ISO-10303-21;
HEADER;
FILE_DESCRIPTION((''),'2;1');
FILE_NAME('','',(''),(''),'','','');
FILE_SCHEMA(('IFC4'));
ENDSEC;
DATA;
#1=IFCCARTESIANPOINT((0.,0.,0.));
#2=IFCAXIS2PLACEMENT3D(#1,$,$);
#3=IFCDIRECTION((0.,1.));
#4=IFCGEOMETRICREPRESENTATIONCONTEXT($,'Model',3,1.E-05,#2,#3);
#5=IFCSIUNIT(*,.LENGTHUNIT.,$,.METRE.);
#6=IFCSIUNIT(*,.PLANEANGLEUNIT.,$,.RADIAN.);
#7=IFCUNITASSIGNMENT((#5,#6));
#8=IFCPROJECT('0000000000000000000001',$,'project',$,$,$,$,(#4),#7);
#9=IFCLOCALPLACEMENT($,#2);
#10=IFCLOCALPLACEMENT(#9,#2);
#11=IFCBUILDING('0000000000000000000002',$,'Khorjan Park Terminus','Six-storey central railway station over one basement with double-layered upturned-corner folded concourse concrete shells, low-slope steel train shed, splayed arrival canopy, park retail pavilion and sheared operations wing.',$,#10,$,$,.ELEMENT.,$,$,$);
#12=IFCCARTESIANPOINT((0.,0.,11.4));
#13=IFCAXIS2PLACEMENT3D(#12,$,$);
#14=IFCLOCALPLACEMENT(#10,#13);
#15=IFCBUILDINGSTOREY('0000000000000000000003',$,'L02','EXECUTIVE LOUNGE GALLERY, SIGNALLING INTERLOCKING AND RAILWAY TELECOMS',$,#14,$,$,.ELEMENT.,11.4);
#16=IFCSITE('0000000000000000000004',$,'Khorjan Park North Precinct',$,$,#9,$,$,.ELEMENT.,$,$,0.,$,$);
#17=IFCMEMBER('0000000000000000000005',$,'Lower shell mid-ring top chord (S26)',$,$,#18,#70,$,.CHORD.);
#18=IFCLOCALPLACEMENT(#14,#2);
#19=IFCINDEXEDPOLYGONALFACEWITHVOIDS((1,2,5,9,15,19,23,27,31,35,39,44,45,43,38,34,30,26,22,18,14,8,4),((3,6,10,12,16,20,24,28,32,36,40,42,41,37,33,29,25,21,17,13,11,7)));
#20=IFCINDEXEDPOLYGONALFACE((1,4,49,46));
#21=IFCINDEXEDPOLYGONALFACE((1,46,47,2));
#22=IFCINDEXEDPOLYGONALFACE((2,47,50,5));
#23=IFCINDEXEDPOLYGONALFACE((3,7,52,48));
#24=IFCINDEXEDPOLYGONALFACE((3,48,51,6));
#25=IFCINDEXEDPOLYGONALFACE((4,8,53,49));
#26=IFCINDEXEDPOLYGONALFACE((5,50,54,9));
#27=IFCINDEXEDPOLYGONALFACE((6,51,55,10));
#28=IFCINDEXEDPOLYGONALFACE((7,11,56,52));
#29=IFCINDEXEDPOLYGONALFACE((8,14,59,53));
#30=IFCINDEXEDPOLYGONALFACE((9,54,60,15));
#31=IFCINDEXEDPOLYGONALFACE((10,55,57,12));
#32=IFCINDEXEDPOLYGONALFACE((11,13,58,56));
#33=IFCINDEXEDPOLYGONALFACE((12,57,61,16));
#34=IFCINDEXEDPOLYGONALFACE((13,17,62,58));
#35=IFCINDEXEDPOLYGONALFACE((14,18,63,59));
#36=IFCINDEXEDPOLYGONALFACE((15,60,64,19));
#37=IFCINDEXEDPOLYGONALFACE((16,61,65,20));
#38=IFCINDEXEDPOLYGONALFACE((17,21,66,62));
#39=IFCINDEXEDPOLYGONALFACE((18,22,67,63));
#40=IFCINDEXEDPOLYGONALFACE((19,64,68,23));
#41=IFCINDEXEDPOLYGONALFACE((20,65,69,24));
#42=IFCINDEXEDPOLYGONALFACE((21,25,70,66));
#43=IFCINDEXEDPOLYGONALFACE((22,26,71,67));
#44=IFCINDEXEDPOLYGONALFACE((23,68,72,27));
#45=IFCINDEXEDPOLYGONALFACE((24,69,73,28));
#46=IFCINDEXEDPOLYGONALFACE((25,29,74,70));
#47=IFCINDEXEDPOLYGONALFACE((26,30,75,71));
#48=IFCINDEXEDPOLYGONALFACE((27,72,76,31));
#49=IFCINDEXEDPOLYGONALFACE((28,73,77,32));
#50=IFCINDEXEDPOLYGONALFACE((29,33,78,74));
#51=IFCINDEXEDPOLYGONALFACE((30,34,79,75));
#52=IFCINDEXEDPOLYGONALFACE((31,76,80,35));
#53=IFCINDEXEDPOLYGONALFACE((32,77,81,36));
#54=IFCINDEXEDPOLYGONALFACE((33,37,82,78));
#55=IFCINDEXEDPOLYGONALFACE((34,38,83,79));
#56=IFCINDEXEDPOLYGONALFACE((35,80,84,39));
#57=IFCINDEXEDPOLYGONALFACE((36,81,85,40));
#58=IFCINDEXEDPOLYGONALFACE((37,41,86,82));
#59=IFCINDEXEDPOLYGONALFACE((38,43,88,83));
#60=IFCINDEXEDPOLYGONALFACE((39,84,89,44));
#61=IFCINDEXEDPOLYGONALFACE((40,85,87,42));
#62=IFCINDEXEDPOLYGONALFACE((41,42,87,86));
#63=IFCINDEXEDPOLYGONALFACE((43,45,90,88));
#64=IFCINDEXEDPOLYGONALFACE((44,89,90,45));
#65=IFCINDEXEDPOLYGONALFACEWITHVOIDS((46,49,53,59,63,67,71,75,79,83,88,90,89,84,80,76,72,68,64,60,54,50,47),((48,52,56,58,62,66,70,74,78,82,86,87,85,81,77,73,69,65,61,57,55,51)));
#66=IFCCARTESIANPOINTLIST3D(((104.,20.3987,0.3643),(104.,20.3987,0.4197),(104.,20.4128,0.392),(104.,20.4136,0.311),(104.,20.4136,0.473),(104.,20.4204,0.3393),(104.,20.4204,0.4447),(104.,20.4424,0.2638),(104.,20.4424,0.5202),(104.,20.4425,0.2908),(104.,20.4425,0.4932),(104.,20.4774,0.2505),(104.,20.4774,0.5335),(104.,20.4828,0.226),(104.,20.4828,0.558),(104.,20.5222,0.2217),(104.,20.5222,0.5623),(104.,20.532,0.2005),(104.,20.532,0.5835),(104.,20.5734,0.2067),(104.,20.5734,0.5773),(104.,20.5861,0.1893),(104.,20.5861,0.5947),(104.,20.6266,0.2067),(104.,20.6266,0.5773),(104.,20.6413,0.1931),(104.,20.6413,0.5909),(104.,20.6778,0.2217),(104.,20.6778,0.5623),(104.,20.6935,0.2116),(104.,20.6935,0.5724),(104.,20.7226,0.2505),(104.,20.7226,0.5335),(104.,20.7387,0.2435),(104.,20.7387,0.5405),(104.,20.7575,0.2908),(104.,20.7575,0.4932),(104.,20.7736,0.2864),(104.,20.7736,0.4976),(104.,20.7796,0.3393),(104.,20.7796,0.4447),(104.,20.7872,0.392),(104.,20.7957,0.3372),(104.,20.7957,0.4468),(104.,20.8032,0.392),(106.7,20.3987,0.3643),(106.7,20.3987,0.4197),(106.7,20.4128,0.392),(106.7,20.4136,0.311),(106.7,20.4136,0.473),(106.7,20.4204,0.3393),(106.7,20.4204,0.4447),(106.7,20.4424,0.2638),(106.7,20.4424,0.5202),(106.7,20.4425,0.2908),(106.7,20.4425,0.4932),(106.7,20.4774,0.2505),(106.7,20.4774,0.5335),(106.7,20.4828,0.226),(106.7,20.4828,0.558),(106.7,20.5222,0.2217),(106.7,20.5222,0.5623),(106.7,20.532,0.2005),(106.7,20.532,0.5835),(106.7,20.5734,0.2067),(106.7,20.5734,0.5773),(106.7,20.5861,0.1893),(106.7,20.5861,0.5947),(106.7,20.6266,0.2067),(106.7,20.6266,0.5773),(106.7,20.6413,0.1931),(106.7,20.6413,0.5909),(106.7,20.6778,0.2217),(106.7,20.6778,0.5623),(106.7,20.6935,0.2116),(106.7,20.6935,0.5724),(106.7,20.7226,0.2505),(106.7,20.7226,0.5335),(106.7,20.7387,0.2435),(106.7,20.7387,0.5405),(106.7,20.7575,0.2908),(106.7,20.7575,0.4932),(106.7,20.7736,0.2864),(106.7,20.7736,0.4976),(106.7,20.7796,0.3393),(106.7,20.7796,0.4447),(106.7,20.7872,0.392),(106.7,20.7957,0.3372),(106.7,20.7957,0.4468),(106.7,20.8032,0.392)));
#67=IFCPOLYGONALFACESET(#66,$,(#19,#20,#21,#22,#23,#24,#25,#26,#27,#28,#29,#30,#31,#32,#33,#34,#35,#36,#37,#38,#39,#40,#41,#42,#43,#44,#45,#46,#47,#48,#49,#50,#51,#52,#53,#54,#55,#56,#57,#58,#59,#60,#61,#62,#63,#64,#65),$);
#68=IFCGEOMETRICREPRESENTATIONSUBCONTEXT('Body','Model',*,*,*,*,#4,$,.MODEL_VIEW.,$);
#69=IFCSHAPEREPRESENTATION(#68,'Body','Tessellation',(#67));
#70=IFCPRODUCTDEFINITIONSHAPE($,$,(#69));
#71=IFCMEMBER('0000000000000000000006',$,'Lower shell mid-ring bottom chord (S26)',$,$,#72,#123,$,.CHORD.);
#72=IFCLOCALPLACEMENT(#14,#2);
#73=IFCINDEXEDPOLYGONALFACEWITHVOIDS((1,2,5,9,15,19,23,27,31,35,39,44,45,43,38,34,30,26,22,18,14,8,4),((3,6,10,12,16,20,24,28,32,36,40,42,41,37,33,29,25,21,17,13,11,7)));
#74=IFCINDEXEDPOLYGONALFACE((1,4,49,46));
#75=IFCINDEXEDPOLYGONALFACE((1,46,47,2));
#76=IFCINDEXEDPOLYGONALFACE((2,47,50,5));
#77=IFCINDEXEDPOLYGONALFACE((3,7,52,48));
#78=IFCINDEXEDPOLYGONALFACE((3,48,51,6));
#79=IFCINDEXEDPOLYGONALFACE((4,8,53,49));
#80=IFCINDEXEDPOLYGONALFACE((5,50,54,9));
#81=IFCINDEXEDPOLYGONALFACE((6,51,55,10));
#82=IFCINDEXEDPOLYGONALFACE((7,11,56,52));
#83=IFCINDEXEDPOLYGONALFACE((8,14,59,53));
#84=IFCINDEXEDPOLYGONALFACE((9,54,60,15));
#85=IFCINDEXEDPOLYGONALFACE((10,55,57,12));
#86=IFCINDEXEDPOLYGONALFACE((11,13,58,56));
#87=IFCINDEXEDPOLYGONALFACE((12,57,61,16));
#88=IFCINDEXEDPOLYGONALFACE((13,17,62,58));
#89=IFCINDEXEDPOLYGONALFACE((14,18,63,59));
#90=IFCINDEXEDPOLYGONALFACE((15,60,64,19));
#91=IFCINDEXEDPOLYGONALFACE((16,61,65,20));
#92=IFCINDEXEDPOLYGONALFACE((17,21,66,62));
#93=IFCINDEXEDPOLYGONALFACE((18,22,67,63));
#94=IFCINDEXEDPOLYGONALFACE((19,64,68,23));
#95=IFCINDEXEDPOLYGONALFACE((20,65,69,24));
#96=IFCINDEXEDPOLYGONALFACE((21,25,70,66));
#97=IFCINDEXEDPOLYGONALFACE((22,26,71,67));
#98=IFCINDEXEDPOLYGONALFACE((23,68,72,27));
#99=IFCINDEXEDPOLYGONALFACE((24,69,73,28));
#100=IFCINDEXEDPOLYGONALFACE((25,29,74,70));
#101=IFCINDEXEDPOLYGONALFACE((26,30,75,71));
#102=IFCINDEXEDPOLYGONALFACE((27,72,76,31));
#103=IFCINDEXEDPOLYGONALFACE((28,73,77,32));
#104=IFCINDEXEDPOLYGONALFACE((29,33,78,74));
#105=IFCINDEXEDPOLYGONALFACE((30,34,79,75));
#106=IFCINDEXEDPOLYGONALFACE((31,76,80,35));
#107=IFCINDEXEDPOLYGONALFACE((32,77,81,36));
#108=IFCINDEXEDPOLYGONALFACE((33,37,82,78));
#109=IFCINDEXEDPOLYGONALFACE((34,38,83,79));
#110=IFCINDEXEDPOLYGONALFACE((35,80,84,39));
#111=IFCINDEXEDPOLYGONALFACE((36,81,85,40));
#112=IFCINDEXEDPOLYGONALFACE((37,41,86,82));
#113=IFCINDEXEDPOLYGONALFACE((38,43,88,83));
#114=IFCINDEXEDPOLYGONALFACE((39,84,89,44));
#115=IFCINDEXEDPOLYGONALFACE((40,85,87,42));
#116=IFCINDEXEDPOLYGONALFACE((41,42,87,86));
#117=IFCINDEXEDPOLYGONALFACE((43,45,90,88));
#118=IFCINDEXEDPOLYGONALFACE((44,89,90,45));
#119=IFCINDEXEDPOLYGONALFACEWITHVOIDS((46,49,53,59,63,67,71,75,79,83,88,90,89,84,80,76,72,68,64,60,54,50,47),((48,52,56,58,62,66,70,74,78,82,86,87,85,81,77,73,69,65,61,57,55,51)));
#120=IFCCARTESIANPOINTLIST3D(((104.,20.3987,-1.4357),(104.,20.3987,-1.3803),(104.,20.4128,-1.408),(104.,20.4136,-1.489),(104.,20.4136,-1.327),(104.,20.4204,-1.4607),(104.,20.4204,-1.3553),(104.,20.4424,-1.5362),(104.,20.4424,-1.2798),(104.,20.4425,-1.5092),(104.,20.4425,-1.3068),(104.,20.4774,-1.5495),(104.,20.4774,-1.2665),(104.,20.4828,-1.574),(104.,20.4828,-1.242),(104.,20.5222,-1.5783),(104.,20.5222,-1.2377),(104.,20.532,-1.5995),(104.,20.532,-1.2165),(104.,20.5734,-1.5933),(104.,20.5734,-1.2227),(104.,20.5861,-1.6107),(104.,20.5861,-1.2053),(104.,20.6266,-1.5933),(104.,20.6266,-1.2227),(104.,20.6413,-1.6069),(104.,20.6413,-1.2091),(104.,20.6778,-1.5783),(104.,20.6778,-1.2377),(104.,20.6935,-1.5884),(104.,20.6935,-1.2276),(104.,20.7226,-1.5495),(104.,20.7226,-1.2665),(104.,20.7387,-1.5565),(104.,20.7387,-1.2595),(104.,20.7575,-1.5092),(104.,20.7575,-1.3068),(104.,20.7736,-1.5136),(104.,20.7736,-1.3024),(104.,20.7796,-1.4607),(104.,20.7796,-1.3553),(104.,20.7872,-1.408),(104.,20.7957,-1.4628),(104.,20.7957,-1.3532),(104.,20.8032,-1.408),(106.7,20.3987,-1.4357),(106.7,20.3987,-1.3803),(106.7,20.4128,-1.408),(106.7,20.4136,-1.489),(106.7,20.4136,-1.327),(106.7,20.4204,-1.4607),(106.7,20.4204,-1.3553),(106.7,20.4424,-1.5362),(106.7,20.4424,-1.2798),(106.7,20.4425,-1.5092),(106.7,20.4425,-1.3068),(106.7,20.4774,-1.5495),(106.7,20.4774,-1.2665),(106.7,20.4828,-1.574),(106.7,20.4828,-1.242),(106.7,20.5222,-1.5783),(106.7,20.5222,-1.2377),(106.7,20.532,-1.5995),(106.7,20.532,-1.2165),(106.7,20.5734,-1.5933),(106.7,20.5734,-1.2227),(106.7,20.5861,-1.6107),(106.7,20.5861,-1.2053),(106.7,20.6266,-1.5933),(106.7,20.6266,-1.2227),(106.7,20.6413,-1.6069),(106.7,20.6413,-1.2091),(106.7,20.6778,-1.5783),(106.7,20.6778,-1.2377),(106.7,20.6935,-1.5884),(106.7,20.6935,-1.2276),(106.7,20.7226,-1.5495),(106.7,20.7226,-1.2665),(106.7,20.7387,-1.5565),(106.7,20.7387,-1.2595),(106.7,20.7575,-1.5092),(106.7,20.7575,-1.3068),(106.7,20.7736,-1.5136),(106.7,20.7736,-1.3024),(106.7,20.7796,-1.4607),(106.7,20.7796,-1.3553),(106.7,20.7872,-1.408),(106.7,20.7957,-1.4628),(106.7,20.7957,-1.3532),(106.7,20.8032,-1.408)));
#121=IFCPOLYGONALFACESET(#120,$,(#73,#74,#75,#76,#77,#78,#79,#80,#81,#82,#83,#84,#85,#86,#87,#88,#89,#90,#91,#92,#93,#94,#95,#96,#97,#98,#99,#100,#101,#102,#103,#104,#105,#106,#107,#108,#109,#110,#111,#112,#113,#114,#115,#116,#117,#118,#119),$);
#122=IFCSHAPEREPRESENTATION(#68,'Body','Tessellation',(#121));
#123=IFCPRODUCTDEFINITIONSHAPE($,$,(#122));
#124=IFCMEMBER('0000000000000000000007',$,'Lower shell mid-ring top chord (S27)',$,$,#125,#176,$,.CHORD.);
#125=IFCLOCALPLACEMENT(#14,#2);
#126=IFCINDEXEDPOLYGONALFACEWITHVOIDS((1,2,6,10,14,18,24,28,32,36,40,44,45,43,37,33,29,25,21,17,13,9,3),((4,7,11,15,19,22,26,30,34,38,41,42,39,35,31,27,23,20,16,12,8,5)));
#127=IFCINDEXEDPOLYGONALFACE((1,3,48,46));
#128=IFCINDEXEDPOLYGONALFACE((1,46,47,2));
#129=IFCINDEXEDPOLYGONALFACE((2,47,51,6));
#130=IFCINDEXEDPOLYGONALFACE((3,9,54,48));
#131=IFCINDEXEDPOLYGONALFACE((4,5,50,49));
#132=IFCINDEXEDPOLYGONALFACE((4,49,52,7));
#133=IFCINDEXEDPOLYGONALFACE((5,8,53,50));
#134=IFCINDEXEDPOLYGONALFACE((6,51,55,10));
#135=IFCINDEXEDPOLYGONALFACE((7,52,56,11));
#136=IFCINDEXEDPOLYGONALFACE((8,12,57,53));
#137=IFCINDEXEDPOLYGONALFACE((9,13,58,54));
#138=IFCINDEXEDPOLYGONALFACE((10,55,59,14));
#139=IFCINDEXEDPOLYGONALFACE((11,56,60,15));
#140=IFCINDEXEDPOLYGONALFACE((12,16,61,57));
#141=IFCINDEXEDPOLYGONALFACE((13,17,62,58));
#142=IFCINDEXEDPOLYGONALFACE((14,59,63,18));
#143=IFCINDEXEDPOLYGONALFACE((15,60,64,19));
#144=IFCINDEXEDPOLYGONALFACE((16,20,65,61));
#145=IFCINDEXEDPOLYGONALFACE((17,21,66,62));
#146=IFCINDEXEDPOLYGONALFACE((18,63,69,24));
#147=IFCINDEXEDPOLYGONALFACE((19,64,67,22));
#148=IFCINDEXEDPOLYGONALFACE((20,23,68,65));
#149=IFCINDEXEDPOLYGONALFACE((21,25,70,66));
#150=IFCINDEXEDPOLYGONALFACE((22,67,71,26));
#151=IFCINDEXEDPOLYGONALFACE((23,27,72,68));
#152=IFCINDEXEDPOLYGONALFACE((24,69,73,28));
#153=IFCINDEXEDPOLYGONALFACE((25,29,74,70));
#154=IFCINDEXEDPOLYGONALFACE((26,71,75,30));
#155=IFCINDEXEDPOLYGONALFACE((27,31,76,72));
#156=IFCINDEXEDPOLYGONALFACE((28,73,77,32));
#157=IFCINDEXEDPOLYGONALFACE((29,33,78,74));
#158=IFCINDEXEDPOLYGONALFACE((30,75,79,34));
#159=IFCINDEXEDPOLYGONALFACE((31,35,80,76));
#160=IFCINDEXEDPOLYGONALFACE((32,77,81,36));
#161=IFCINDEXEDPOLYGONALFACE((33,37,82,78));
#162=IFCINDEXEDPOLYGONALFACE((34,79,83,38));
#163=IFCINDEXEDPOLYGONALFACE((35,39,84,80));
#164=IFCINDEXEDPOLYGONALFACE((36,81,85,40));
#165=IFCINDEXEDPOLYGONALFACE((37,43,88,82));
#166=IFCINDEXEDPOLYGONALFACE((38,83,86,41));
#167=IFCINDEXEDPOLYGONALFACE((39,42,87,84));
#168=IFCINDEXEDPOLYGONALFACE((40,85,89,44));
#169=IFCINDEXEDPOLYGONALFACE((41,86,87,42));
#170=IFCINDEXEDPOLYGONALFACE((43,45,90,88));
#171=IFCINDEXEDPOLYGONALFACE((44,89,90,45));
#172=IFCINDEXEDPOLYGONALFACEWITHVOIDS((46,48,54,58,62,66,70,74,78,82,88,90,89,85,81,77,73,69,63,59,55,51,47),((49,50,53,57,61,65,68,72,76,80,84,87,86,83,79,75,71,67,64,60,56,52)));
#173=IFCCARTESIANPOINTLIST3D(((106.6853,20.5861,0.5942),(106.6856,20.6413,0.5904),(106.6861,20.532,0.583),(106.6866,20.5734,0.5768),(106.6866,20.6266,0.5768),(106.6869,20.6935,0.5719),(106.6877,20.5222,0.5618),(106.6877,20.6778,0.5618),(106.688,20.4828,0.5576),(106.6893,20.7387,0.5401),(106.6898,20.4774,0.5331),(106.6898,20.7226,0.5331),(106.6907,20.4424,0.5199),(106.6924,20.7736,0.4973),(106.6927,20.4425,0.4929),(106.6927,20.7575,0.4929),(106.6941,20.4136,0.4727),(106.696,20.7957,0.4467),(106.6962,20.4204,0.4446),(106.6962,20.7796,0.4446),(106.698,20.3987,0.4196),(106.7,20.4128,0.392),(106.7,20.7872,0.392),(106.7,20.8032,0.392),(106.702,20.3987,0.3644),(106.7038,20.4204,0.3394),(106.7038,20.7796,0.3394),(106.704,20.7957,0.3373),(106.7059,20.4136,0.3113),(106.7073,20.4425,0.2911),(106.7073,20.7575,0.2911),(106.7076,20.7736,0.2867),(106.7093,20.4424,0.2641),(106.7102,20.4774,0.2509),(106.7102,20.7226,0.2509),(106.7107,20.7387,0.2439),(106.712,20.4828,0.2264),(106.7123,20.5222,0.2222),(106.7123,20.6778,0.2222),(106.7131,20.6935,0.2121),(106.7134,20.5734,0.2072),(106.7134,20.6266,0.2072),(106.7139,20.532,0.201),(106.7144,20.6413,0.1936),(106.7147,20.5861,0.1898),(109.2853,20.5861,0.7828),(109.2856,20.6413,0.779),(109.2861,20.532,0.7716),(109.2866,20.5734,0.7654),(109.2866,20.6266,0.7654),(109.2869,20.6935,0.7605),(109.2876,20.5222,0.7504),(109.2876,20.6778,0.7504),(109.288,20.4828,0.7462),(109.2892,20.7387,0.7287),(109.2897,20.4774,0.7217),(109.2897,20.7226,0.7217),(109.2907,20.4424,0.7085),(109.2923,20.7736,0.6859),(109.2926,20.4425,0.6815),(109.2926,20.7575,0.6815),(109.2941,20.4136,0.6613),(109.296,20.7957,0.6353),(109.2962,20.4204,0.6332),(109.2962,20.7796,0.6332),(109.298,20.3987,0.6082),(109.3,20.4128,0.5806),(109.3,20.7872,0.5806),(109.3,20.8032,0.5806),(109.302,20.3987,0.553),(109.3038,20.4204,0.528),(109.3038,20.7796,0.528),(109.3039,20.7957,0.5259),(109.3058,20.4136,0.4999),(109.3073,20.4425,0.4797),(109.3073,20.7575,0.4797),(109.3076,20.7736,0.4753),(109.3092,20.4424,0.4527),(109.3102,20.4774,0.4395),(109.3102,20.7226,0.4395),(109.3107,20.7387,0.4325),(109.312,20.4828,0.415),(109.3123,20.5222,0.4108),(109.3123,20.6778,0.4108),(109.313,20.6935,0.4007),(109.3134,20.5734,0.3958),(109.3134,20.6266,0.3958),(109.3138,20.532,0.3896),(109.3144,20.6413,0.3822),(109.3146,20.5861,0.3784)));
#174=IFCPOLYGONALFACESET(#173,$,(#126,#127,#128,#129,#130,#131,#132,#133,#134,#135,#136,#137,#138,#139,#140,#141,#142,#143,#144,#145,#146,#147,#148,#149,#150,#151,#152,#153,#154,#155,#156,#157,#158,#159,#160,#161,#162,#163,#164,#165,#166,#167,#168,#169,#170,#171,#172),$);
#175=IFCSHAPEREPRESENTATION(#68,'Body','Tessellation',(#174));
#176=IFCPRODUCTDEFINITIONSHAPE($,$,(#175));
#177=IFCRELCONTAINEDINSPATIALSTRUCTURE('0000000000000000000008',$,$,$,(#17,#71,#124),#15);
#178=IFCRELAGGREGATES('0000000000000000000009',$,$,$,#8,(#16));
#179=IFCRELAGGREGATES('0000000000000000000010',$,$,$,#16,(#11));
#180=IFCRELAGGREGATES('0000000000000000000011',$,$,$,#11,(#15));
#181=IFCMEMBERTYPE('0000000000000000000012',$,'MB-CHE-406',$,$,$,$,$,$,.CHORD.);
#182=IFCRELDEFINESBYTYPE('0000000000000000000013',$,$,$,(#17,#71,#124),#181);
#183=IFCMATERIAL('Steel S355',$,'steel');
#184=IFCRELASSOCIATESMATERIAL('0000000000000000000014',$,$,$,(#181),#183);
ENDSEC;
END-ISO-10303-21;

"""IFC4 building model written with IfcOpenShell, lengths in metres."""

from ifc_helpers import new_model, si_unit, direction, frame, origin, origin_2d, place, context, subcontext, project, spatial, hollow_circle, extrude, material, material_profile, profile_set, type_object, element, save


model = new_model("IFC4")

# Units and contexts
model_context = context("Model", 3, precision=1e-05, world=origin(), true_north=direction((0.0, 1.0)))
body_context = subcontext(model_context, "Body", "Model", "MODEL_VIEW")
ifc_project = project(units=[si_unit("LENGTHUNIT", "METRE"), si_unit("PLANEANGLEUNIT", "RADIAN")], contexts=[model_context])

# Site, building, storey
site_placement = place(None, origin())
site = spatial("IfcSite", under=ifc_project, at=site_placement, Name="Khorjan Park North Precinct", CompositionType="ELEMENT", RefElevation=0.0)
building_placement = place(site_placement, origin())
building = spatial("IfcBuilding", under=site, at=building_placement, Name="Khorjan Park Terminus", Description="Six-storey central railway station over one basement with double-layered upturned-corner folded concourse concrete shells, low-slope steel train shed, splayed arrival canopy, park retail pavilion and sheared operations wing.", CompositionType="ELEMENT")
storey_placement = place(building_placement, frame((0.0, 0.0, 11.4)))
storey = spatial("IfcBuildingStorey", under=building, at=storey_placement, Name="L02", Description="EXECUTIVE LOUNGE GALLERY, SIGNALLING INTERLOCKING AND RAILWAY TELECOMS", CompositionType="ELEMENT", Elevation=11.4)

# Members
ifc_material_1 = material(Name="Steel S355", Category="steel")
ifc_material_profile_1 = material_profile(ifc_material_1, hollow_circle(Radius=0.2032, WallThickness=0.016, at=origin_2d()), Name="CHS 406.4x16")
ifc_profile_set_1 = profile_set([ifc_material_profile_1], Name="Steel S355")
member_type_1 = type_object("IfcMemberType", Name="MB-CHE-406", PredefinedType="CHORD", material=ifc_profile_set_1)
for number, where, z_axis, x_axis, name in (
    (1, (104.0, 20.6, 0.392), (1.0, 0.0, 0.0), (0.0, 1.0, 0.0), "Lower shell mid-ring top chord (S26)"),
    (2, (104.0, 20.6, -1.408), (1.0, 0.0, 0.0), (0.0, 1.0, 0.0), "Lower shell mid-ring bottom chord (S26)"),
):
    element("IfcMember", number, at=place(storey_placement, frame(where, z_axis=z_axis, x_axis=x_axis)), inside=storey, type_object=member_type_1, Name=name, PredefinedType="CHORD", context=body_context, shape_type="SweptSolid", body=[
        extrude(hollow_circle(Radius=0.2032, WallThickness=0.016, at=origin_2d()), origin(), (0.0, 0.0, 1.0), 2.7),
    ])
for number, where, z_axis, x_axis, name in (
    (3, (106.7, 20.6, 0.392), (0.997379, 0.0, 0.072348), (0.0, 1.0, 0.0), "Lower shell mid-ring top chord (S27)"),
):
    element("IfcMember", number, at=place(storey_placement, frame(where, z_axis=z_axis, x_axis=x_axis)), inside=storey, type_object=member_type_1, Name=name, PredefinedType="CHORD", context=body_context, shape_type="SweptSolid", body=[
        extrude(hollow_circle(Radius=0.2032, WallThickness=0.016, at=origin_2d()), origin(), (0.0, 0.0, 1.0), 2.6068),
    ])

save(model, "model.ifc")
